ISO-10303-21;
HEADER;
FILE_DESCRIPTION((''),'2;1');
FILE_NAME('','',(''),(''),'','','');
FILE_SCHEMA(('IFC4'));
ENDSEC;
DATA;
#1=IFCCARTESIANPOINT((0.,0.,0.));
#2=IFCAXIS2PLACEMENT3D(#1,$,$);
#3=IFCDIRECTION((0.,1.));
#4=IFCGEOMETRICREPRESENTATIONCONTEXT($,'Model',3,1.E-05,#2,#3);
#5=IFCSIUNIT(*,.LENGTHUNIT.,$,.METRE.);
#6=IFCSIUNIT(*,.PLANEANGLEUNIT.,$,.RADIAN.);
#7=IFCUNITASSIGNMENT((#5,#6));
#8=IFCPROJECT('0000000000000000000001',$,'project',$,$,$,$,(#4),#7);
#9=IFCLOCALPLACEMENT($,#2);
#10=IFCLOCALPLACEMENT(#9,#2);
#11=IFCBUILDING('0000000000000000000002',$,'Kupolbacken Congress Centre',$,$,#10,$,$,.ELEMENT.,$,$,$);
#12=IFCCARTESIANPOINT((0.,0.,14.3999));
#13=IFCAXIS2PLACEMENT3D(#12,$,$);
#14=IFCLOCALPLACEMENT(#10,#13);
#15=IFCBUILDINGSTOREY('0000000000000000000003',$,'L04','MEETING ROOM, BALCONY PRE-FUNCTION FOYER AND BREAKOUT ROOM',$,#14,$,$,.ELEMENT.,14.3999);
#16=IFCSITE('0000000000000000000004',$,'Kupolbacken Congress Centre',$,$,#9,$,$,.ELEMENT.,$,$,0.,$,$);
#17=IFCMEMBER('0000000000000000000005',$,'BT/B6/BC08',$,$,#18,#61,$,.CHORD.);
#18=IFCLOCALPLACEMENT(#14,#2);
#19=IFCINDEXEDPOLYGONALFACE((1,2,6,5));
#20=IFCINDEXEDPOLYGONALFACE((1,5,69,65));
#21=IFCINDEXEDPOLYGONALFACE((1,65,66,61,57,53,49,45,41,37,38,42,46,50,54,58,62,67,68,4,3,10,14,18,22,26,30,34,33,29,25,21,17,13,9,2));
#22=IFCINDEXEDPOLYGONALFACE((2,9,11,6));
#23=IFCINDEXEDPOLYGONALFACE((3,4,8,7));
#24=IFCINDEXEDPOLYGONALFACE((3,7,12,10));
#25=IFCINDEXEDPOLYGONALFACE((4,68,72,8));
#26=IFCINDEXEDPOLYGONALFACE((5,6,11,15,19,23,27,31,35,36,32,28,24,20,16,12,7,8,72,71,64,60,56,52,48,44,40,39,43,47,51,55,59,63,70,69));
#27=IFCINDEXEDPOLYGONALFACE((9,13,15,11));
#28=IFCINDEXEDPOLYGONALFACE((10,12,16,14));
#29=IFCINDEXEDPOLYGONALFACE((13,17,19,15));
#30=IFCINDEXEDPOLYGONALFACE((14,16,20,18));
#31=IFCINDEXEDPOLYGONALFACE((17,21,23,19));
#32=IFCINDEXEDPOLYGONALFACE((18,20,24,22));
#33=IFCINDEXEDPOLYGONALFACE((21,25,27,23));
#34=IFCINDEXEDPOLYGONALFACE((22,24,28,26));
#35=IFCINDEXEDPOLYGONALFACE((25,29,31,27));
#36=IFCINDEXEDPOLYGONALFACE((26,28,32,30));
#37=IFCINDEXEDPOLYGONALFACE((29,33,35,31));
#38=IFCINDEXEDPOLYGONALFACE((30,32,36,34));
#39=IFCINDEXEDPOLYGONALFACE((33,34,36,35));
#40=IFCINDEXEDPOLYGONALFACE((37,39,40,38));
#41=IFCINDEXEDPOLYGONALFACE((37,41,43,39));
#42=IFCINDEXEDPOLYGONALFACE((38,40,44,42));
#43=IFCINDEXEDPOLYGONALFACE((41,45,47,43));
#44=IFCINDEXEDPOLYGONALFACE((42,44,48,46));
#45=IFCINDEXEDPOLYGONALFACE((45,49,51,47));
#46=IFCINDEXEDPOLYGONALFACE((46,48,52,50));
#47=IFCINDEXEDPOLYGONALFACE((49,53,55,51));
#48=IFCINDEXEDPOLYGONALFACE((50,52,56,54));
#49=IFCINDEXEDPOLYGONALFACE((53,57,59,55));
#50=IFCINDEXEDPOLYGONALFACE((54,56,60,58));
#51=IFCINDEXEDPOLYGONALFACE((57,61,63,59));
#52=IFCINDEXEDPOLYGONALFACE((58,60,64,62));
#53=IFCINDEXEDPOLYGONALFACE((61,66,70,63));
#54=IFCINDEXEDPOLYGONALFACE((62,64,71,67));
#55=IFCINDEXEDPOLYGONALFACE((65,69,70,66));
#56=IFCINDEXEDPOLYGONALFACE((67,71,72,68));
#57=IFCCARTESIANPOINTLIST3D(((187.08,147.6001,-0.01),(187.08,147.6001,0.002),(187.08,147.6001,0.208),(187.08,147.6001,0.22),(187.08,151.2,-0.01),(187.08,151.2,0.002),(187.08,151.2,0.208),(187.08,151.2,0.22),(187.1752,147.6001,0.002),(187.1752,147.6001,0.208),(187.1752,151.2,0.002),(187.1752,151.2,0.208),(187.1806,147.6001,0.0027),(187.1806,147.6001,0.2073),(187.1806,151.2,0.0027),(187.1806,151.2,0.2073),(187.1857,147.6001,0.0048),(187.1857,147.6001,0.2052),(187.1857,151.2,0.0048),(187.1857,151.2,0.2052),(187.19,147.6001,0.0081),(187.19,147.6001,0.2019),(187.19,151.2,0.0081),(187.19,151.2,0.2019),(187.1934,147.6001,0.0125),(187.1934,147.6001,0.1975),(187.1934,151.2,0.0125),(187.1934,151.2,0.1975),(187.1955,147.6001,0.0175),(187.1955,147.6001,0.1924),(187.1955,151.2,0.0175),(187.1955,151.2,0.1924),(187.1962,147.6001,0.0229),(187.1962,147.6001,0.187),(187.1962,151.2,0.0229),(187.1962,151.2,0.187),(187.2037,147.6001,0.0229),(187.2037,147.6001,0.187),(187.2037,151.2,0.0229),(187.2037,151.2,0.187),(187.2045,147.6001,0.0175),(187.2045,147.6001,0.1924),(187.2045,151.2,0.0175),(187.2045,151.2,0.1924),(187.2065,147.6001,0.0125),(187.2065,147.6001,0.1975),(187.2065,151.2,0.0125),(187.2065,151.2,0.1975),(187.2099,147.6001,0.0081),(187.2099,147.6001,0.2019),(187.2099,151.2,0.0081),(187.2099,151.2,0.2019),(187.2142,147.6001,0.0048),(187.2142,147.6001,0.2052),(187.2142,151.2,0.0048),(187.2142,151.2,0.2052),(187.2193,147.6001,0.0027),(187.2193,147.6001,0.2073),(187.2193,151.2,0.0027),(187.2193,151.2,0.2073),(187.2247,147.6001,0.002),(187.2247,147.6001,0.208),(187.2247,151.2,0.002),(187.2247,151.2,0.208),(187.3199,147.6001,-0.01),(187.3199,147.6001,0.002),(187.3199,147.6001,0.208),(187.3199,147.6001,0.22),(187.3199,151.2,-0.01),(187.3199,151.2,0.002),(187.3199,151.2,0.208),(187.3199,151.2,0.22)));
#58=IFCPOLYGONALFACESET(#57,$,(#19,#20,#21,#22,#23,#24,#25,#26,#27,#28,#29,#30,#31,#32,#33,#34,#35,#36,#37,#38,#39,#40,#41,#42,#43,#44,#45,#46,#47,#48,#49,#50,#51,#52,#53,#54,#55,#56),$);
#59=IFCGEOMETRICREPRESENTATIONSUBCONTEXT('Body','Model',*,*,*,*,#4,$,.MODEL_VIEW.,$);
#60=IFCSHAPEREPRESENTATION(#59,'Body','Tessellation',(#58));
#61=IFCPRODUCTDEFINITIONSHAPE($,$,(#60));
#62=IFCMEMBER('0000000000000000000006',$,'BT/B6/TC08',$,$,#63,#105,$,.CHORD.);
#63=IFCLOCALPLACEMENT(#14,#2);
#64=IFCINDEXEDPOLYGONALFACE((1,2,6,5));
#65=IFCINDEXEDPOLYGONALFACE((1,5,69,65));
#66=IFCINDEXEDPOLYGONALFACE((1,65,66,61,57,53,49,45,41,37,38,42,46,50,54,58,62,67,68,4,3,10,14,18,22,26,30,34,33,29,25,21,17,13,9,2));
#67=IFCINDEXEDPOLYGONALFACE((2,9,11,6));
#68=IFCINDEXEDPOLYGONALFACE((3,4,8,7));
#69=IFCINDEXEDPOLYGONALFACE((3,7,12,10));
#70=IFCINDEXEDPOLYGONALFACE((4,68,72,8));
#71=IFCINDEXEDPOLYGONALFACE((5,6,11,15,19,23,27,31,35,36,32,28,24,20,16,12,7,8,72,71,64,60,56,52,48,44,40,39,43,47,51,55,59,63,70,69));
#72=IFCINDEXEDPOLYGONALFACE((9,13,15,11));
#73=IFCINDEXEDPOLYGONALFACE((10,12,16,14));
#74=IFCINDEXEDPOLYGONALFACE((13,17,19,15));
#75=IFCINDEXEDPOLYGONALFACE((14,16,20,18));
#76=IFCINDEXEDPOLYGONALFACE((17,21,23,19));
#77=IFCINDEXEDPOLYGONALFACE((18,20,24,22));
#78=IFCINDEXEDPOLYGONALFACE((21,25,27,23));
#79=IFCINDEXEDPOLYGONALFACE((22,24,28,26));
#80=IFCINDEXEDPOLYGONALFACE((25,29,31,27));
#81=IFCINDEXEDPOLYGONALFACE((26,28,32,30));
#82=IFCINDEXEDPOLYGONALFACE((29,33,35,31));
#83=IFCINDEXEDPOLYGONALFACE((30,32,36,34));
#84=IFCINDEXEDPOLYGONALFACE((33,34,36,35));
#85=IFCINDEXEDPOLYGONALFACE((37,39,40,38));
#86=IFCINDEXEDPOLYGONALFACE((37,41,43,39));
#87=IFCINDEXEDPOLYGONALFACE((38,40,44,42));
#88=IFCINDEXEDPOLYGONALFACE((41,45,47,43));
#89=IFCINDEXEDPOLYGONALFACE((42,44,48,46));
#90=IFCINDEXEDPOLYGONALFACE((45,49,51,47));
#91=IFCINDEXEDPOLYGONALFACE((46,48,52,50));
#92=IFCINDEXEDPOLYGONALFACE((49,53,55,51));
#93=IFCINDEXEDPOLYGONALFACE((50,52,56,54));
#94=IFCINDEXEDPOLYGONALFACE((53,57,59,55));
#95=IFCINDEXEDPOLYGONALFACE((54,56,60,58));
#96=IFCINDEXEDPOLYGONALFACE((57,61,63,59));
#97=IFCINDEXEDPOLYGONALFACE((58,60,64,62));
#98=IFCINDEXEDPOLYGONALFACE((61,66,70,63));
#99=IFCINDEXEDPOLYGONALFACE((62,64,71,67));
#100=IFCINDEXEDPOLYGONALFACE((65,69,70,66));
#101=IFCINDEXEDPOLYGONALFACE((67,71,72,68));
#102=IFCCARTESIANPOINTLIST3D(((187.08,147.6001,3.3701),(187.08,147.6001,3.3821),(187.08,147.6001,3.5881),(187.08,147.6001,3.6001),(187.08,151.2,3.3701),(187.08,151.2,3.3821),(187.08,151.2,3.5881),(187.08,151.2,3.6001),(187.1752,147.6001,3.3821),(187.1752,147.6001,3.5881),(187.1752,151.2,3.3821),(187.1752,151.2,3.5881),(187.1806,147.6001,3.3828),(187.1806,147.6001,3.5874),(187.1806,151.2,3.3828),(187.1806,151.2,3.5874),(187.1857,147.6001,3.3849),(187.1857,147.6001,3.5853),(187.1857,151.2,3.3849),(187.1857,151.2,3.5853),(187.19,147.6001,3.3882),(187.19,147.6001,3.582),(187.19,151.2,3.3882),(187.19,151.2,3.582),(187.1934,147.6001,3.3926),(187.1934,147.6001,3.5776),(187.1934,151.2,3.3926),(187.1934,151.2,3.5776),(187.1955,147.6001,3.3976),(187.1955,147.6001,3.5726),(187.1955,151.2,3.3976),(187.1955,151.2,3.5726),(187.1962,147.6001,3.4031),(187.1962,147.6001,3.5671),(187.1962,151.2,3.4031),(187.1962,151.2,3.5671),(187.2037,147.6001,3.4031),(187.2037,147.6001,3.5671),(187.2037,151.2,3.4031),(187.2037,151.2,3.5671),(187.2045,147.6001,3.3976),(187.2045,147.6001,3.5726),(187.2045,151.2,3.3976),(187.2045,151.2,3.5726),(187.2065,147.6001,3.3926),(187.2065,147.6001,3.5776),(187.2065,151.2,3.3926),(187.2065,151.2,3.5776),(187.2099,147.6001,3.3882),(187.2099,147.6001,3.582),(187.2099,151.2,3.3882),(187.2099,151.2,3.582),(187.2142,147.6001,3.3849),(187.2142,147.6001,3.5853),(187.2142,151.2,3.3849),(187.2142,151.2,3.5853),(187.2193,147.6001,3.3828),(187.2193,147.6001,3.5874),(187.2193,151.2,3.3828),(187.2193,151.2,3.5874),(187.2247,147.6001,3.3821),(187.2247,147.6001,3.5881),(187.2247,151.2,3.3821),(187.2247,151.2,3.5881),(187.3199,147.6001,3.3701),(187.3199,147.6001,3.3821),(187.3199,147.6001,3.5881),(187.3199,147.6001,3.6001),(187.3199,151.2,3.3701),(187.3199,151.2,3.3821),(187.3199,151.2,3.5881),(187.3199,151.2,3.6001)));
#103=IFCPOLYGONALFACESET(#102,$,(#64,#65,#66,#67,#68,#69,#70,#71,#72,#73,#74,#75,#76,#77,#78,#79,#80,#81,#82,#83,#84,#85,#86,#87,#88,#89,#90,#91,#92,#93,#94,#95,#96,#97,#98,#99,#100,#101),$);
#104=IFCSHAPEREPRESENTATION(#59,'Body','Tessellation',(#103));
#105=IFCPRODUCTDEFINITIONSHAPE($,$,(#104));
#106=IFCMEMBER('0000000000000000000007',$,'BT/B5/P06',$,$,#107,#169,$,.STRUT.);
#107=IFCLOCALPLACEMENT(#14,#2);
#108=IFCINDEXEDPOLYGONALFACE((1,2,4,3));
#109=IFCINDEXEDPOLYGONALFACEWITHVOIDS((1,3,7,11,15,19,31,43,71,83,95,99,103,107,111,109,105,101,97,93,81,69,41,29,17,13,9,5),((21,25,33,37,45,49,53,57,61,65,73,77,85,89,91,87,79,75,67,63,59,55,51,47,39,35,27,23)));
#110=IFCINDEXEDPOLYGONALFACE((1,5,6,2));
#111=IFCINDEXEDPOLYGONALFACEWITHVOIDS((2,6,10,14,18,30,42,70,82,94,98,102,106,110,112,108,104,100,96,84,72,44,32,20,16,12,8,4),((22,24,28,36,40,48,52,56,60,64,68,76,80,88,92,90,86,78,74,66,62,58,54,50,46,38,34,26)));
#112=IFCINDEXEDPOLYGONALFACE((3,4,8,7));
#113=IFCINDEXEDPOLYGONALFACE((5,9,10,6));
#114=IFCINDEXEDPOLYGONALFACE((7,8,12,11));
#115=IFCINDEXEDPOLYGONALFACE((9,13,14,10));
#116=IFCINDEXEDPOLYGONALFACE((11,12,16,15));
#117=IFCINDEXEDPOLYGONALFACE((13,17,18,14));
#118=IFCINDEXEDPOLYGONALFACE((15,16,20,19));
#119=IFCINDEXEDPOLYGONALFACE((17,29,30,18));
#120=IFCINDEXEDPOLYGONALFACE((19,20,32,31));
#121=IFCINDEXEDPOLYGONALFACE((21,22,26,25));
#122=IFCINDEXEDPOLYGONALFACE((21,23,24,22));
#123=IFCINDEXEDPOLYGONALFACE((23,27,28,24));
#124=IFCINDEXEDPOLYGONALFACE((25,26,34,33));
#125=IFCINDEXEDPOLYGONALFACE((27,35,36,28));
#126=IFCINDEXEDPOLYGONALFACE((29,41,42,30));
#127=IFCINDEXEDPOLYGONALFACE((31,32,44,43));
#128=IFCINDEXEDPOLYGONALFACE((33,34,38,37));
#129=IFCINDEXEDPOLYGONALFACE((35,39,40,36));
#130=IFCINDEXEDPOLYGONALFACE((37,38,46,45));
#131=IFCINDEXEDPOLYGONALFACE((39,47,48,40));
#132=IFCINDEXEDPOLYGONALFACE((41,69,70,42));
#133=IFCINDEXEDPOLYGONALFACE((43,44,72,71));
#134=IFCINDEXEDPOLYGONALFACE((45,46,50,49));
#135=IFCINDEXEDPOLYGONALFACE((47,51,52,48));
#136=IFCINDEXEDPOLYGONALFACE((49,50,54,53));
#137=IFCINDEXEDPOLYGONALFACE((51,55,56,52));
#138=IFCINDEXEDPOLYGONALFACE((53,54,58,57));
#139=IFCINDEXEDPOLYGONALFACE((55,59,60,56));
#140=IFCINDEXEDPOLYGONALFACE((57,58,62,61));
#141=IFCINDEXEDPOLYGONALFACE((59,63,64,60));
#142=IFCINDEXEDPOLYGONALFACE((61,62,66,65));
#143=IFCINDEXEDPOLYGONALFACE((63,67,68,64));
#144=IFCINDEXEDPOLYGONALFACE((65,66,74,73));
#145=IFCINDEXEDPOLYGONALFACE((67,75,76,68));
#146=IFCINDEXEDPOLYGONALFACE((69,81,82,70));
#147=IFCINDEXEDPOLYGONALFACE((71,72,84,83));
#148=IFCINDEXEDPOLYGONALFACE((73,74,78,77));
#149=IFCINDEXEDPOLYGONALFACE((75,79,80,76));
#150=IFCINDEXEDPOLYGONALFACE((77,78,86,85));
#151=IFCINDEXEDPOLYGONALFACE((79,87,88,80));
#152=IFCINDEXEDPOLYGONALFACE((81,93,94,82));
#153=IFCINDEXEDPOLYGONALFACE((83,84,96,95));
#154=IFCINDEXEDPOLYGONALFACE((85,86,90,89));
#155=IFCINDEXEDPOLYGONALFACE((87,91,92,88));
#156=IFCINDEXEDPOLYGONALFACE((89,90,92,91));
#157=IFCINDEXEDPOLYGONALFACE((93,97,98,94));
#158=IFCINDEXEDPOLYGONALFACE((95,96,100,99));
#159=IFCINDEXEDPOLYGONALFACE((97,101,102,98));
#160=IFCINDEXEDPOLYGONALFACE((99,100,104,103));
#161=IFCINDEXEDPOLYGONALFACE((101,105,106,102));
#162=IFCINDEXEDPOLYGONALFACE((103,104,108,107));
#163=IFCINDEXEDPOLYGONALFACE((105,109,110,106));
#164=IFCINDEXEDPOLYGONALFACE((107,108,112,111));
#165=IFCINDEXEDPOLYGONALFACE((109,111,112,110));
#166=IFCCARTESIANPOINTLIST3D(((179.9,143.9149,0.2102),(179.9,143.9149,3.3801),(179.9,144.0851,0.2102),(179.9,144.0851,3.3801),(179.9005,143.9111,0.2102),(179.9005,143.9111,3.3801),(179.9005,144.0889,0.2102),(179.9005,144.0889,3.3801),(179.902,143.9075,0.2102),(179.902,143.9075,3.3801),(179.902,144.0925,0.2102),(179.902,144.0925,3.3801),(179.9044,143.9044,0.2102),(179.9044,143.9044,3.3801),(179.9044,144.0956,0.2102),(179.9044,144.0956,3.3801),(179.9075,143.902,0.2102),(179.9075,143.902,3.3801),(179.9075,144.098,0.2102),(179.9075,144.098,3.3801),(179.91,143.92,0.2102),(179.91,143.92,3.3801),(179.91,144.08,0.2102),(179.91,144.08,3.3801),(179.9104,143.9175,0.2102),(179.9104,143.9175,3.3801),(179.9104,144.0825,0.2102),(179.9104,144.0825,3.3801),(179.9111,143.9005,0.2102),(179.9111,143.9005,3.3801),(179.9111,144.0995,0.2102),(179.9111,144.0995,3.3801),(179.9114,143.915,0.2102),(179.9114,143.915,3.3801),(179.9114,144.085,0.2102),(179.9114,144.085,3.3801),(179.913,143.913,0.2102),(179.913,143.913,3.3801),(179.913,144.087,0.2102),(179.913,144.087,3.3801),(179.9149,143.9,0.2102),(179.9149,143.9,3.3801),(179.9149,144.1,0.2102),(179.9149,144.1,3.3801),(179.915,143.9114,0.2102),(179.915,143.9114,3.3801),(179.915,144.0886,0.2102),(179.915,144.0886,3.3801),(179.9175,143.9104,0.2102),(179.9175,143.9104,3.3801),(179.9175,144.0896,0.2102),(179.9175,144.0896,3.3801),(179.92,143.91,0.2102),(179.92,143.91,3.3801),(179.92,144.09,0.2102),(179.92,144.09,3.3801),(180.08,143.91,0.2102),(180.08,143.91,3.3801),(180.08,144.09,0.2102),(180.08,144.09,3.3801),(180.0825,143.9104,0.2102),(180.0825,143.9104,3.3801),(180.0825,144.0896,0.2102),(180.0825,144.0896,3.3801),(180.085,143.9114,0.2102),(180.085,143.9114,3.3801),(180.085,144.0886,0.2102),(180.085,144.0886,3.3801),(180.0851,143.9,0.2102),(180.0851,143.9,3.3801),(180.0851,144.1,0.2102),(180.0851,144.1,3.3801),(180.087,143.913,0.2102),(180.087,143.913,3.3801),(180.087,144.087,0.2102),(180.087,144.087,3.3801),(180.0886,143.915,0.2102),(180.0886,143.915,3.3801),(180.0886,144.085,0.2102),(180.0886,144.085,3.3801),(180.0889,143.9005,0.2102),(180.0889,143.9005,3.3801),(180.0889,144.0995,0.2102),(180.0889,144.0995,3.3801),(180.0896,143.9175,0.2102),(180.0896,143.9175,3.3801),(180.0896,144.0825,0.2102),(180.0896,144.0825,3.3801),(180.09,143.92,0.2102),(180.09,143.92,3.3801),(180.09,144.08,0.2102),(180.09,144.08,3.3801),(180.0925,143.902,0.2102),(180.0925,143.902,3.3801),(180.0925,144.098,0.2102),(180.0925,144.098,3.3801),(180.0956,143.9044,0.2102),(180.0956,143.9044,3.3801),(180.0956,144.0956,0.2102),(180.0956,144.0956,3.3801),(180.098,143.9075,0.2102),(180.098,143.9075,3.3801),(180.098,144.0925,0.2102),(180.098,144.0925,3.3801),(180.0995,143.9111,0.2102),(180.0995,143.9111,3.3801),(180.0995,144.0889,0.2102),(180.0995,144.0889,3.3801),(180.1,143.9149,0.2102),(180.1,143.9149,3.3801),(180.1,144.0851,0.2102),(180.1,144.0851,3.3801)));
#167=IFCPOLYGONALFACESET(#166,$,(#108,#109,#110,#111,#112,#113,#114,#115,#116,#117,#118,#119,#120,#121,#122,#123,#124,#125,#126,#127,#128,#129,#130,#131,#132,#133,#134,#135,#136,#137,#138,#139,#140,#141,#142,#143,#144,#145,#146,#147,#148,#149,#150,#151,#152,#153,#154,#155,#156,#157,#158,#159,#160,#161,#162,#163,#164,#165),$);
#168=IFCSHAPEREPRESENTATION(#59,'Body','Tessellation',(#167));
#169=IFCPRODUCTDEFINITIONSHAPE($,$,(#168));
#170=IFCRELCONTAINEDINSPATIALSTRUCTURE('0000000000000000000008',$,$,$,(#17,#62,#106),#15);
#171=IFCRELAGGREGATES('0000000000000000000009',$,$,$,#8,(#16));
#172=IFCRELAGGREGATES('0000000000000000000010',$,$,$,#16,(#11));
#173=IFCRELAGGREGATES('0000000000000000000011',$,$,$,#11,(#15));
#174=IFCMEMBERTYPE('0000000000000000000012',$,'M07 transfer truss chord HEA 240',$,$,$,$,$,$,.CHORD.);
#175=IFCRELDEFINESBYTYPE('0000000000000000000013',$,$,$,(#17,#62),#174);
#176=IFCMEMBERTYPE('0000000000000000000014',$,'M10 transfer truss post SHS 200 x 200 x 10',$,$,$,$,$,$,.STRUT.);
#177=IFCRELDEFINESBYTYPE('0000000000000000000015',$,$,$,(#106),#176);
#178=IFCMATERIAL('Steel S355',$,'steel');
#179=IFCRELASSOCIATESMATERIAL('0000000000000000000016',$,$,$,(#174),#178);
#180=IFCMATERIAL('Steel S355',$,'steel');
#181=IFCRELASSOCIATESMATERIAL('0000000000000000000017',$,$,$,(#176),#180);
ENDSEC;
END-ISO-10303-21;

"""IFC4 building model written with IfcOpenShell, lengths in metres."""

from ifc_helpers import new_model, si_unit, direction, frame, origin, origin_2d, place, context, subcontext, project, spatial, hollow_rectangle, i_section, extrude, material, material_profile, profile_set, type_object, element, save


model = new_model("IFC4")

# Units and contexts
model_context = context("Model", 3, precision=1e-05, world=origin(), true_north=direction((0.0, 1.0)))
body_context = subcontext(model_context, "Body", "Model", "MODEL_VIEW")
ifc_project = project(units=[si_unit("LENGTHUNIT", "METRE"), si_unit("PLANEANGLEUNIT", "RADIAN")], contexts=[model_context])

# Site, building, storey
site_placement = place(None, origin())
site = spatial("IfcSite", under=ifc_project, at=site_placement, Name="Kupolbacken Congress Centre", CompositionType="ELEMENT", RefElevation=0.0)
building_placement = place(site_placement, origin())
building = spatial("IfcBuilding", under=site, at=building_placement, Name="Kupolbacken Congress Centre", CompositionType="ELEMENT")
storey_placement = place(building_placement, frame((0.0, 0.0, 14.3999)))
storey = spatial("IfcBuildingStorey", under=building, at=storey_placement, Name="L04", Description="MEETING ROOM, BALCONY PRE-FUNCTION FOYER AND BREAKOUT ROOM", CompositionType="ELEMENT", Elevation=14.3999)

# Members
ifc_material_1 = material(Name="Steel S355", Category="steel")
ifc_material_profile_1 = material_profile(ifc_material_1, i_section(OverallWidth=0.24, OverallDepth=0.23, WebThickness=0.0076, FlangeThickness=0.012, FilletRadius=0.021, at=origin_2d()), Name="HEA 240")
ifc_profile_set_1 = profile_set([ifc_material_profile_1], Name="Steel S355")
member_type_1 = type_object("IfcMemberType", Name="M07 transfer truss chord HEA 240", PredefinedType="CHORD", material=ifc_profile_set_1)
for number, where, z_axis, x_axis, name in (
    (1, (187.2, 147.6001, 0.105), (0.0, 1.0, 0.0), (-1.0, 0.0, 0.0), "BT/B6/BC08"),
    (2, (187.2, 147.6001, 3.4851), (0.0, 1.0, 0.0), (-1.0, 0.0, 0.0), "BT/B6/TC08"),
):
    element("IfcMember", number, at=place(storey_placement, frame(where, z_axis=z_axis, x_axis=x_axis)), inside=storey, type_object=member_type_1, Name=name, PredefinedType="CHORD", context=body_context, shape_type="SweptSolid", body=[
        extrude(i_section(OverallWidth=0.24, OverallDepth=0.23, WebThickness=0.0076, FlangeThickness=0.012, FilletRadius=0.021, at=origin_2d()), origin(), (0.0, 0.0, 1.0), 3.5999),
    ])
ifc_material_2 = material(Name="Steel S355", Category="steel")
ifc_material_profile_2 = material_profile(ifc_material_2, hollow_rectangle(XDim=0.2, YDim=0.2, WallThickness=0.01, InnerFilletRadius=0.01, OuterFilletRadius=0.0149, at=origin_2d()), Name="SHS 200 x 200 x 10")
ifc_profile_set_2 = profile_set([ifc_material_profile_2], Name="Steel S355")
member_type_2 = type_object("IfcMemberType", Name="M10 transfer truss post SHS 200 x 200 x 10", PredefinedType="STRUT", material=ifc_profile_set_2)
for number, where, z_axis, x_axis, name in (
    (3, (180.0, 144.0, 0.2102), (0.0, 0.0, 1.0), (0.0, 1.0, 0.0), "BT/B5/P06"),
):
    element("IfcMember", number, at=place(storey_placement, frame(where, z_axis=z_axis, x_axis=x_axis)), inside=storey, type_object=member_type_2, Name=name, PredefinedType="STRUT", context=body_context, shape_type="SweptSolid", body=[
        extrude(hollow_rectangle(XDim=0.2, YDim=0.2, WallThickness=0.01, InnerFilletRadius=0.01, OuterFilletRadius=0.0149, at=origin_2d()), origin(), (0.0, 0.0, 1.0), 3.1699),
    ])

save(model, "model.ifc")
